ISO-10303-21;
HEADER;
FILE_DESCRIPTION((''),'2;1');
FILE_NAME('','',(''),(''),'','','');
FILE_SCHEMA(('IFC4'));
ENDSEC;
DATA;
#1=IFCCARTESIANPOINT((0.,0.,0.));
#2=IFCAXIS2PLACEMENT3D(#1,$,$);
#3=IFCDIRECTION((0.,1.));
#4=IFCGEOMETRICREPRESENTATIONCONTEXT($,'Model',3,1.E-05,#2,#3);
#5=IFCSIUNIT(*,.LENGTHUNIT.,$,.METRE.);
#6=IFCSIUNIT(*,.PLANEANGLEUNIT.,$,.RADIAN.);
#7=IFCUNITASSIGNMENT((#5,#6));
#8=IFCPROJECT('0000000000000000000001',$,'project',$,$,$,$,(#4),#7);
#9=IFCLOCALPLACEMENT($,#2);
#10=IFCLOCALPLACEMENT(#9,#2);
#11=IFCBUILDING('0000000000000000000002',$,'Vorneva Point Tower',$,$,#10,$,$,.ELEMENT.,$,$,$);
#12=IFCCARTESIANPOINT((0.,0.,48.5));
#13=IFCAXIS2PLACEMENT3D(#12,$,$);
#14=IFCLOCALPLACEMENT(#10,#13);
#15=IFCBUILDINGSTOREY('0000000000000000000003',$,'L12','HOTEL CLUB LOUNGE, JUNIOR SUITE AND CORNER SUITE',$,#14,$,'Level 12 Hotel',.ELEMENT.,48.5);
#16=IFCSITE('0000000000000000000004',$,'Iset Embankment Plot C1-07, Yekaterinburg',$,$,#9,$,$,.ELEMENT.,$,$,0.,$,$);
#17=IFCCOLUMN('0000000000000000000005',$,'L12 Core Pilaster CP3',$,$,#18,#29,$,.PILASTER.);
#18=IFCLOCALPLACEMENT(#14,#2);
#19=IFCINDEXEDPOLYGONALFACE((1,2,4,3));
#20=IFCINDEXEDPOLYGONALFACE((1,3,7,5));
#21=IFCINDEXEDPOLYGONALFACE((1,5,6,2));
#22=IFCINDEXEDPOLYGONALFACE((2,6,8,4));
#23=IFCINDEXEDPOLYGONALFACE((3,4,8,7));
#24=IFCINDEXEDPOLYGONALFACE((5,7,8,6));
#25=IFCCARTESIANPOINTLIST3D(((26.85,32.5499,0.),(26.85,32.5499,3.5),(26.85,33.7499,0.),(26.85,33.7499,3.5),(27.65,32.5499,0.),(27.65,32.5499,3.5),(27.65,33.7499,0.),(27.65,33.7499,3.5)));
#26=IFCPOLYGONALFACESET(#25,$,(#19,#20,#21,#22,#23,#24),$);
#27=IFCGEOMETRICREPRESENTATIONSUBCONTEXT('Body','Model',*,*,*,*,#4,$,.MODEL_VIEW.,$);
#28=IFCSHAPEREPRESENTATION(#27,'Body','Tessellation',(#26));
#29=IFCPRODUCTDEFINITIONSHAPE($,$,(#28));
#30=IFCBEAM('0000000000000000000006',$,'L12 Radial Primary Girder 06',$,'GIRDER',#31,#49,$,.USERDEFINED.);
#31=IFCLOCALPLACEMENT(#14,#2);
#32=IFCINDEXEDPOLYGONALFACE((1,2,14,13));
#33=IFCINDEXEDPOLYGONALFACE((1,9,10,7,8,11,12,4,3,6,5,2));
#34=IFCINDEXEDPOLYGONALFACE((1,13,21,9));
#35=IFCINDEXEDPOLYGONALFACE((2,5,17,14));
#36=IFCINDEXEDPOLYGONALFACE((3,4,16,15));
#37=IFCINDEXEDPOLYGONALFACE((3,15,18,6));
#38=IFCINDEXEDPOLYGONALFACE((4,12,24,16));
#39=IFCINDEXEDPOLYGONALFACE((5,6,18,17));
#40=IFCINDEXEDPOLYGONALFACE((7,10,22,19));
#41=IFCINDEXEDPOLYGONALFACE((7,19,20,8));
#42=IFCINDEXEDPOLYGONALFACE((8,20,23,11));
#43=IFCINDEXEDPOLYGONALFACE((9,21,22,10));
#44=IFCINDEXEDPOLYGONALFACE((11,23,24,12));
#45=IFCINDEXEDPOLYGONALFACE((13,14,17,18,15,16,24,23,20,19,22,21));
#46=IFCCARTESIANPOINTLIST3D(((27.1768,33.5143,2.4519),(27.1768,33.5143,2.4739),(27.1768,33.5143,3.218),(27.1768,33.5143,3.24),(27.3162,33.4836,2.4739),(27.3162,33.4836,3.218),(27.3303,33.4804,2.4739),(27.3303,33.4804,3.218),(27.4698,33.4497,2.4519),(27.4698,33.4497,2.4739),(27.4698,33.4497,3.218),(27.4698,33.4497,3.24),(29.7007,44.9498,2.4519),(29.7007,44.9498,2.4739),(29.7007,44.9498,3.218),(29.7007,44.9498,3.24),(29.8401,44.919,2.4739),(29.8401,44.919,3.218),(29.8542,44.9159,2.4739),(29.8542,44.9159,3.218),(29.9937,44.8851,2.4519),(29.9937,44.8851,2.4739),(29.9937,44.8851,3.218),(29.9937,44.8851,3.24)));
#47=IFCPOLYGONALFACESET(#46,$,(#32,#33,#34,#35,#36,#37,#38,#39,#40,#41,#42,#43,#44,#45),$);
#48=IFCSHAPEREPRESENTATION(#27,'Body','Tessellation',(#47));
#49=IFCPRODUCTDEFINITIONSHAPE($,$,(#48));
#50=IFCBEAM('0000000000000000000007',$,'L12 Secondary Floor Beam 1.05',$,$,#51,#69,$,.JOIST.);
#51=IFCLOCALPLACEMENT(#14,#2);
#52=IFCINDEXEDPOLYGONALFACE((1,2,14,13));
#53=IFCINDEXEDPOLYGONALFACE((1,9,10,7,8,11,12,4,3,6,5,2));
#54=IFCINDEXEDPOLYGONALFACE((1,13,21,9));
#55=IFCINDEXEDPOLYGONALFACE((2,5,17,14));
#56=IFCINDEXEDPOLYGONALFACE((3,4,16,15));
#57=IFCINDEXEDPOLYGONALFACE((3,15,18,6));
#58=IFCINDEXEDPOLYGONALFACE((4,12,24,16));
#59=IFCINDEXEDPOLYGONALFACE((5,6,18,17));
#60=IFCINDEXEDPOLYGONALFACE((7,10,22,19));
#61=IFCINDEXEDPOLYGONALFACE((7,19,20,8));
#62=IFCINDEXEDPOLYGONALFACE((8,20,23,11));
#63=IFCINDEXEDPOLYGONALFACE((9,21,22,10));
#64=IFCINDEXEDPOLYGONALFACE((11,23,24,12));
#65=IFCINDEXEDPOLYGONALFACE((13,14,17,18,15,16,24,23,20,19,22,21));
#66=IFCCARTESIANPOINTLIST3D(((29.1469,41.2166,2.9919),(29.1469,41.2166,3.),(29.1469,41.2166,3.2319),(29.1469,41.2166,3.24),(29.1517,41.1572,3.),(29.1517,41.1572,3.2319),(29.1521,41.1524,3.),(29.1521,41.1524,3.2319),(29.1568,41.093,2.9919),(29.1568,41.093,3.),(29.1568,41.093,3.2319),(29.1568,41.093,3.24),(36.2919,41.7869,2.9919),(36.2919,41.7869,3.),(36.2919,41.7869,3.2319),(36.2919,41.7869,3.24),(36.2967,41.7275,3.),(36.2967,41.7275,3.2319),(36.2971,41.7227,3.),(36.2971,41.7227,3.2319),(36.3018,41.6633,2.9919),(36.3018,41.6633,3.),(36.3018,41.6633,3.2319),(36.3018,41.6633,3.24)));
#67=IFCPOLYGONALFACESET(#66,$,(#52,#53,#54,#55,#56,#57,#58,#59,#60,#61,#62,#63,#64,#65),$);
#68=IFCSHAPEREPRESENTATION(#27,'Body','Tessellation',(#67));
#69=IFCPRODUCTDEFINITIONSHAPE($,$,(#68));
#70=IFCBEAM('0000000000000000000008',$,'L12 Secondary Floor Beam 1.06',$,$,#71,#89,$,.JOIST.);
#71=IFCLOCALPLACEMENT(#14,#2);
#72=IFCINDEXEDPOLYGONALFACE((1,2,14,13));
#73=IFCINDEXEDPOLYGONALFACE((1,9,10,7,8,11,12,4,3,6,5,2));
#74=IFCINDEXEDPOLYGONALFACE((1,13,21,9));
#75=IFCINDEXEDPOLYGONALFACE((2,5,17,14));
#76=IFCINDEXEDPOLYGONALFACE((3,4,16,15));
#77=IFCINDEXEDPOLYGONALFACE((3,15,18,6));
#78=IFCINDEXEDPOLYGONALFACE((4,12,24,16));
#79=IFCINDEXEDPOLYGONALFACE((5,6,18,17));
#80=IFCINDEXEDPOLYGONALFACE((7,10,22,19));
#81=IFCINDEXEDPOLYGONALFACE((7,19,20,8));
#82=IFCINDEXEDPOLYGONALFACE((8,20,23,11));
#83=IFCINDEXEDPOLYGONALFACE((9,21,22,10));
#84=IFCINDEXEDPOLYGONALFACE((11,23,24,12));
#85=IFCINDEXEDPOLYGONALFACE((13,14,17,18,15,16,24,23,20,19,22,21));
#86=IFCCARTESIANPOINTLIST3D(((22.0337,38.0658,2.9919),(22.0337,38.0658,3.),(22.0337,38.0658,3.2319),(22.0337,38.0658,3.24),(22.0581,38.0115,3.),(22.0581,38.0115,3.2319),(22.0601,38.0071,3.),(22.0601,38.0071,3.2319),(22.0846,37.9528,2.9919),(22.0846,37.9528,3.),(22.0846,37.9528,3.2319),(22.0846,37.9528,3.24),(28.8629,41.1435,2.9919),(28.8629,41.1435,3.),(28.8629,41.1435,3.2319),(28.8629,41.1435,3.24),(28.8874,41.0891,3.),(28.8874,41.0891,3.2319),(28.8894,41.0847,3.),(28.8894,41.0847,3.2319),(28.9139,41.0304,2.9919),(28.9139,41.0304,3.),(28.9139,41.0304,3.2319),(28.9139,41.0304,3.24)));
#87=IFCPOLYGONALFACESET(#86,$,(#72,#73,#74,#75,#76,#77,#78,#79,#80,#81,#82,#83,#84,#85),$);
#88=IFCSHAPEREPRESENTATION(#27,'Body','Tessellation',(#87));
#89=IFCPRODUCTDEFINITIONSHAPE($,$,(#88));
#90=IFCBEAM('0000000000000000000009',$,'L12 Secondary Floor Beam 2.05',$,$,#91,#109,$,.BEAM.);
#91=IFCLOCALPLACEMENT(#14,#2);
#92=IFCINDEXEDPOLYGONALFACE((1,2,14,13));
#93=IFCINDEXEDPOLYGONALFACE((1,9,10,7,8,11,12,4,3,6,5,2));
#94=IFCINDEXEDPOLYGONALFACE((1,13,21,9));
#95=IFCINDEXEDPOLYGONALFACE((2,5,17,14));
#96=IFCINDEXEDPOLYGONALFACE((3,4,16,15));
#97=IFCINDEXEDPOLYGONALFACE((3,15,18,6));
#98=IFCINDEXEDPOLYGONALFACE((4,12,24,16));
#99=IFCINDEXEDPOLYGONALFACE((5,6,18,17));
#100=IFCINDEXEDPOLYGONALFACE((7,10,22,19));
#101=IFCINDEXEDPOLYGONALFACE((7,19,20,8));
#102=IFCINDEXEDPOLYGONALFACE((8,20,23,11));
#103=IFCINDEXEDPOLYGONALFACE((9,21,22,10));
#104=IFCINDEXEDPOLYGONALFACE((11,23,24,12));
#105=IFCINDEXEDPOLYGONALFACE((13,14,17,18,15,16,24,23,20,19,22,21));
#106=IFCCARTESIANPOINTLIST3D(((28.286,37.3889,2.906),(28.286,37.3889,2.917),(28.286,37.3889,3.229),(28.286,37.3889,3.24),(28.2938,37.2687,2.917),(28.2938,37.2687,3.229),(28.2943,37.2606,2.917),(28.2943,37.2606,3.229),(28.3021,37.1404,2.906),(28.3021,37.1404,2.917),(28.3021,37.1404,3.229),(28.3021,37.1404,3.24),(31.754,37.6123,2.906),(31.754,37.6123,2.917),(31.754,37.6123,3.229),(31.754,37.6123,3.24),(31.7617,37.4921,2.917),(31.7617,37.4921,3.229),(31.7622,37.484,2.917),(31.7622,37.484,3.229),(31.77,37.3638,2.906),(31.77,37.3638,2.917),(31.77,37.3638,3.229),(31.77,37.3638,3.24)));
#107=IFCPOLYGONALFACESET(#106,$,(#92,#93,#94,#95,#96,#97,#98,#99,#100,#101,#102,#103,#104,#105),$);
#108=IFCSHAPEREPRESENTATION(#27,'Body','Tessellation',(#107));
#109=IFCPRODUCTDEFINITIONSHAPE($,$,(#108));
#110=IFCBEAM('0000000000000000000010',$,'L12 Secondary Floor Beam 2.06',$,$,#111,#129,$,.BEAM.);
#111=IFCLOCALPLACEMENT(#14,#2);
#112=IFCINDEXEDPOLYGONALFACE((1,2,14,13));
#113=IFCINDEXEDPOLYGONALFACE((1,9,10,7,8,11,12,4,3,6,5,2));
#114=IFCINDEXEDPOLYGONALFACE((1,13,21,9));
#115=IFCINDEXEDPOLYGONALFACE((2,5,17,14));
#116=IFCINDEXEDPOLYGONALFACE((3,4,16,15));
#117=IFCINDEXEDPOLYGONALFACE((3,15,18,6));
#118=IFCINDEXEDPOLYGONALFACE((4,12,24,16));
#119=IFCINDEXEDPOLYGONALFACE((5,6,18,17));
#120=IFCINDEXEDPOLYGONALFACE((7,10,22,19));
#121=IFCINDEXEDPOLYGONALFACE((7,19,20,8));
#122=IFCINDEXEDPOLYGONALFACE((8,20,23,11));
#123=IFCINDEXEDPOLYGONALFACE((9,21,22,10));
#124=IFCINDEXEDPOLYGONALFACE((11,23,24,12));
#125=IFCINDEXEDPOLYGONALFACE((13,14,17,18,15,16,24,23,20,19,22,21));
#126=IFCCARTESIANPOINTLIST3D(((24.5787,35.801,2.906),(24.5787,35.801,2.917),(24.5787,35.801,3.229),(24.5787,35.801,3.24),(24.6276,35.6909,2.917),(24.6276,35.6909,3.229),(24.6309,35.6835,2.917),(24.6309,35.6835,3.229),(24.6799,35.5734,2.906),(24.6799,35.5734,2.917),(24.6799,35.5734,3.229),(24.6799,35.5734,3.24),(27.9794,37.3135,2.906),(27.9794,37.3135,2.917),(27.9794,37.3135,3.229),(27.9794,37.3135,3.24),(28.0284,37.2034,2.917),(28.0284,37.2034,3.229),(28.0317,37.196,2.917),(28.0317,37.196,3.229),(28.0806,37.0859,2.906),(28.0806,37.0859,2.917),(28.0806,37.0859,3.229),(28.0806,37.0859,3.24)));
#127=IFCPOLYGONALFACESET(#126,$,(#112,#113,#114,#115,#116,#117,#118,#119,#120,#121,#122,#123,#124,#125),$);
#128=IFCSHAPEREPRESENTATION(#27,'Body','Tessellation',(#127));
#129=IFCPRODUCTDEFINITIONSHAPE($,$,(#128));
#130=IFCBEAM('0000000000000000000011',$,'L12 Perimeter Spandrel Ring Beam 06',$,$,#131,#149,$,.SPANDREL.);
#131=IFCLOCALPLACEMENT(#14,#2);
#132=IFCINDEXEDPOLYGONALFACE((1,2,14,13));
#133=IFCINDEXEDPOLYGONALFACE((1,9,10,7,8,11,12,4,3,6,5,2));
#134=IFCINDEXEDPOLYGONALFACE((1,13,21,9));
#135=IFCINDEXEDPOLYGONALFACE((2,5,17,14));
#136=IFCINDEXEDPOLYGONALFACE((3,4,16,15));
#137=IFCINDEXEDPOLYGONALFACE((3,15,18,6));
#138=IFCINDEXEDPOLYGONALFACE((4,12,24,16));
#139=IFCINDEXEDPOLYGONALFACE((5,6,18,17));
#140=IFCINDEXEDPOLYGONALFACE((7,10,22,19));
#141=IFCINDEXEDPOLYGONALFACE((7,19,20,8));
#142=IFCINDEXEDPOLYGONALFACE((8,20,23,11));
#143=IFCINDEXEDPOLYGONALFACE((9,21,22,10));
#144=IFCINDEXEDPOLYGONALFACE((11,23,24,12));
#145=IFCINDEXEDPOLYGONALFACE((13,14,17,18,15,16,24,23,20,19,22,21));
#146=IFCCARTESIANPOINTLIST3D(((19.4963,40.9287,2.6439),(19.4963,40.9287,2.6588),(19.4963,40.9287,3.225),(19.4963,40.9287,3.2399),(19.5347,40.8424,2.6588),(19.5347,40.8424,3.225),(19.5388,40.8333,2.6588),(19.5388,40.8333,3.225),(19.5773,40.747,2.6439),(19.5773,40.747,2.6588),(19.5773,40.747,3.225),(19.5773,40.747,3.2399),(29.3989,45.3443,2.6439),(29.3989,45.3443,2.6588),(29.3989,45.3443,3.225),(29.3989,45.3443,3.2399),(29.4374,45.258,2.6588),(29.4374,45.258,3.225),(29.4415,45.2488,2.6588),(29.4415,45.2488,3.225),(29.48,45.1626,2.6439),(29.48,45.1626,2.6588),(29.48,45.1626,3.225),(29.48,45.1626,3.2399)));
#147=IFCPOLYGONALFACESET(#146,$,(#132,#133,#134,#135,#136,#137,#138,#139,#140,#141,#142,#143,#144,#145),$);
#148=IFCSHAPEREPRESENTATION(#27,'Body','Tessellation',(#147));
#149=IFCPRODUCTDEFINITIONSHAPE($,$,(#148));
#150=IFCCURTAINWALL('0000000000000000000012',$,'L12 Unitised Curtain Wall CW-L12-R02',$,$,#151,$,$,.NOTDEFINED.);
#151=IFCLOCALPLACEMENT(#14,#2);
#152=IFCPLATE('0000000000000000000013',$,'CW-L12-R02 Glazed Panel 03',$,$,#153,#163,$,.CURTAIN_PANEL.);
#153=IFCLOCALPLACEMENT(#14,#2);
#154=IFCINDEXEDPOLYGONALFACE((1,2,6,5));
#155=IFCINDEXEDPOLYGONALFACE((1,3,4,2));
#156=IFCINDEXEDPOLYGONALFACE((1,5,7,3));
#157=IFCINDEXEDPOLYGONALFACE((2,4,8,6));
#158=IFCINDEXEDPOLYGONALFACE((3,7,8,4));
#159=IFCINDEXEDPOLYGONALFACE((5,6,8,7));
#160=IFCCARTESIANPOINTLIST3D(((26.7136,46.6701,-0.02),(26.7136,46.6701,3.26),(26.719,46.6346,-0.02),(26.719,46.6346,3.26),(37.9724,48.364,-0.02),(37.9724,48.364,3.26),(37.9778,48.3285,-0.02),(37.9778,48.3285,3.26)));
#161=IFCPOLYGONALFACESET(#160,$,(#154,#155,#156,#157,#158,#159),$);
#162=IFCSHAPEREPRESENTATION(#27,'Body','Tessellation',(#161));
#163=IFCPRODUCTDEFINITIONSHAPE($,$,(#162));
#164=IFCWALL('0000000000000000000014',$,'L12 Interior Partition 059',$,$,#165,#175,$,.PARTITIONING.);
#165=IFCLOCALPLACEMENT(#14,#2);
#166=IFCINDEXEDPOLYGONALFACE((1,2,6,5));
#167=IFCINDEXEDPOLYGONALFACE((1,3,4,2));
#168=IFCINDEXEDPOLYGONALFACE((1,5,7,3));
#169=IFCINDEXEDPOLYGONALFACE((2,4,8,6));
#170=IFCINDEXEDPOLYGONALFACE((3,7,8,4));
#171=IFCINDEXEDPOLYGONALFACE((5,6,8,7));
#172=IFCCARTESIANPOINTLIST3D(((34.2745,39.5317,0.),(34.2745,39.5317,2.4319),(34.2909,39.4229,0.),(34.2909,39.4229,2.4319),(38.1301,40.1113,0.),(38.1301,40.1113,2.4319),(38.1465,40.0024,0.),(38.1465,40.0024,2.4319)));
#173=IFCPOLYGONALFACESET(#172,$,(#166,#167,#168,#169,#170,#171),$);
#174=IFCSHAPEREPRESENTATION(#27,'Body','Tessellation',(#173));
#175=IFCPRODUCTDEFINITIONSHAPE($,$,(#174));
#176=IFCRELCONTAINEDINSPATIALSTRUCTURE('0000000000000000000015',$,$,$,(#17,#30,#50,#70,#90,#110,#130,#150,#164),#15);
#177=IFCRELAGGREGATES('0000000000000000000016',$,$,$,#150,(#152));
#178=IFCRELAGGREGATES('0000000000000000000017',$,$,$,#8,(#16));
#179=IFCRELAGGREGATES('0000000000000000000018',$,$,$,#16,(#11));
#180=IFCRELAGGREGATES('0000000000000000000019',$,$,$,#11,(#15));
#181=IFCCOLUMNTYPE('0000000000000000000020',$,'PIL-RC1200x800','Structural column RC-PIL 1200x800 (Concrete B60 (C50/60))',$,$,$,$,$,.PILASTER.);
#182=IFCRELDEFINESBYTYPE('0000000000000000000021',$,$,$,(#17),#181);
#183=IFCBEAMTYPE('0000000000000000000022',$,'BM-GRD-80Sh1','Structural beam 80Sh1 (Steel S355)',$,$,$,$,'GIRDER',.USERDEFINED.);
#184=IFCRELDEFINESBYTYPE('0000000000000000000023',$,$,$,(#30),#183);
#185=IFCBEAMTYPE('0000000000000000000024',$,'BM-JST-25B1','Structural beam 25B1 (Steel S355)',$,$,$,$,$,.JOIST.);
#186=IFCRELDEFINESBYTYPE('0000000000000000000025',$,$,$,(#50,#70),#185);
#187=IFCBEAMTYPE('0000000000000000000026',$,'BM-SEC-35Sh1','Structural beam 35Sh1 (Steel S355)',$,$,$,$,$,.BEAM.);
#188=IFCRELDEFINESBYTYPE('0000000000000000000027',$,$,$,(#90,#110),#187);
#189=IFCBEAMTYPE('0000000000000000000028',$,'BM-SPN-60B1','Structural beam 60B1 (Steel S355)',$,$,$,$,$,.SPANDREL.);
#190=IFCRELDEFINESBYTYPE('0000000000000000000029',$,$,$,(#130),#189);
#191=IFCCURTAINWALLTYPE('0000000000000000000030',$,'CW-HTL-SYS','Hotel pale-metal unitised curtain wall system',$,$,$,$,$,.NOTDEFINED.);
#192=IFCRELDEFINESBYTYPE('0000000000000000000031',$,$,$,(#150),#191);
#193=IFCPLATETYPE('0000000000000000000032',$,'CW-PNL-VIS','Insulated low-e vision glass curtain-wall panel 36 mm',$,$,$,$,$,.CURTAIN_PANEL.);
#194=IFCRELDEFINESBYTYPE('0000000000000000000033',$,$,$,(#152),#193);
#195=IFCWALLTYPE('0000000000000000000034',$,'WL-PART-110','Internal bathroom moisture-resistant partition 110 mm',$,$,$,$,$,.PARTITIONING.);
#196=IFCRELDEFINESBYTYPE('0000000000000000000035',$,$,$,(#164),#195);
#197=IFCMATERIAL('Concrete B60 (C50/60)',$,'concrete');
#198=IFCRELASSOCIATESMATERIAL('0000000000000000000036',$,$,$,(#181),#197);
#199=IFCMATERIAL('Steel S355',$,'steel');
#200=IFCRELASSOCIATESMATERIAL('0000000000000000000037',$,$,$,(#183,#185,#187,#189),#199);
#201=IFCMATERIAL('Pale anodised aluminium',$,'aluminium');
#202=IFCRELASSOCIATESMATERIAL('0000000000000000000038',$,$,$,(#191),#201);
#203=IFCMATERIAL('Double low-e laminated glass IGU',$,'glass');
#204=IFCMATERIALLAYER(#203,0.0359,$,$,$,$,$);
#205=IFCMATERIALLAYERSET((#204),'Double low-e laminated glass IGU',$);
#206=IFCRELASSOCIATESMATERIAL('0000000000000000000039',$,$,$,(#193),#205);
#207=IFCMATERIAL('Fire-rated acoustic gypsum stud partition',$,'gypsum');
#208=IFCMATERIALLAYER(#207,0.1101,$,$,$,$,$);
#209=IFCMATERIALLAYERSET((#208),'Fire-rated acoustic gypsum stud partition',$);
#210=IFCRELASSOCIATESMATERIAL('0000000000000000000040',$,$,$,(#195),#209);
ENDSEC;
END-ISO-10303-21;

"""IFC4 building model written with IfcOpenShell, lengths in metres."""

from ifc_helpers import new_model, si_unit, direction, frame, frame_2d, origin, origin_2d, place, context, subcontext, project, spatial, rectangle, i_section, extrude, material, layer, layer_set, material_profile, profile_set, type_object, element, aggregate, save


model = new_model("IFC4")

# Units and contexts
model_context = context("Model", 3, precision=1e-05, world=origin(), true_north=direction((0.0, 1.0)))
body_context = subcontext(model_context, "Body", "Model", "MODEL_VIEW")
ifc_project = project(units=[si_unit("LENGTHUNIT", "METRE"), si_unit("PLANEANGLEUNIT", "RADIAN")], contexts=[model_context])

# Site, building, storey
site_placement = place(None, origin())
site = spatial("IfcSite", under=ifc_project, at=site_placement, Name="Iset Embankment Plot C1-07, Yekaterinburg", CompositionType="ELEMENT", RefElevation=0.0)
building_placement = place(site_placement, origin())
building = spatial("IfcBuilding", under=site, at=building_placement, Name="Vorneva Point Tower", CompositionType="ELEMENT")
storey_placement = place(building_placement, frame((0.0, 0.0, 48.5)))
storey = spatial("IfcBuildingStorey", under=building, at=storey_placement, Name="L12", Description="HOTEL CLUB LOUNGE, JUNIOR SUITE AND CORNER SUITE", LongName="Level 12 Hotel", CompositionType="ELEMENT", Elevation=48.5)

# Column
ifc_material_1 = material(Name="Concrete B60 (C50/60)", Category="concrete")
ifc_material_profile_1 = material_profile(ifc_material_1, rectangle(XDim=0.8, YDim=1.2, at=origin_2d()), Name="RC-PIL 1200x800")
ifc_profile_set_1 = profile_set([ifc_material_profile_1], Name="Concrete B60 (C50/60)")
column_type_1 = type_object("IfcColumnType", Name="PIL-RC1200x800", Description="Structural column RC-PIL 1200x800 (Concrete B60 (C50/60))", PredefinedType="PILASTER", material=ifc_profile_set_1)
column_placement = place(storey_placement, frame((27.25, 33.1499, 0.0), z_axis=(0.0, 0.0, 1.0), x_axis=(1.0, 0.0, 0.0)))
element("IfcColumn", 1, at=column_placement, inside=storey, type_object=column_type_1, Name="L12 Core Pilaster CP3", PredefinedType="PILASTER", context=body_context, shape_type="SweptSolid", body=[
    extrude(rectangle(XDim=0.8, YDim=1.2, at=origin_2d()), origin(), (0.0, 0.0, 1.0), 3.5),
])

# Beams
ifc_material_2 = material(Name="Steel S355", Category="steel")
ifc_material_profile_2 = material_profile(ifc_material_2, i_section(OverallWidth=0.3, OverallDepth=0.7881, WebThickness=0.0144, FlangeThickness=0.022, at=origin_2d()), Name="80Sh1")
ifc_profile_set_2 = profile_set([ifc_material_profile_2], Name="Steel S355")
beam_type_1 = type_object("IfcBeamType", Name="BM-GRD-80Sh1", Description="Structural beam 80Sh1 (Steel S355)", ElementType="GIRDER", PredefinedType="USERDEFINED", material=ifc_profile_set_2)
beam_1_placement = place(storey_placement, frame((29.8472, 44.9175, 2.8459), z_axis=(-0.215522, -0.976499, 0.0), x_axis=(0.976499, -0.215522, 0.0)))
element("IfcBeam", 2, at=beam_1_placement, inside=storey, type_object=beam_type_1, Name="L12 Radial Primary Girder 06", ObjectType="GIRDER", PredefinedType="USERDEFINED", context=body_context, shape_type="SweptSolid", body=[
    extrude(i_section(OverallWidth=0.3, OverallDepth=0.7881, WebThickness=0.0144, FlangeThickness=0.022, at=origin_2d()), origin(), (0.0, 0.0, 1.0), 11.7107),
])
ifc_material_profile_3 = material_profile(ifc_material_2, i_section(OverallWidth=0.124, OverallDepth=0.248, WebThickness=0.0049, FlangeThickness=0.0081, at=origin_2d()), Name="25B1")
ifc_profile_set_3 = profile_set([ifc_material_profile_3], Name="Steel S355")
beam_type_2 = type_object("IfcBeamType", Name="BM-JST-25B1", Description="Structural beam 25B1 (Steel S355)", PredefinedType="JOIST", material=ifc_profile_set_3)
beam_2_placement = place(storey_placement, frame((36.2969, 41.7251, 3.116), z_axis=(-0.99683, -0.079567, 0.0), x_axis=(0.079567, -0.99683, 0.0)))
element("IfcBeam", 3, at=beam_2_placement, inside=storey, type_object=beam_type_2, Name="L12 Secondary Floor Beam 1.05", PredefinedType="JOIST", context=body_context, shape_type="SweptSolid", body=[
    extrude(i_section(OverallWidth=0.124, OverallDepth=0.248, WebThickness=0.0049, FlangeThickness=0.0081, at=origin_2d()), origin(), (0.0, 0.0, 1.0), 7.1677),
])
beam_3_placement = place(storey_placement, frame((28.8884, 41.0869, 3.116), z_axis=(-0.9117, -0.410857, 0.0), x_axis=(0.410857, -0.9117, 0.0)))
element("IfcBeam", 4, at=beam_3_placement, inside=storey, type_object=beam_type_2, Name="L12 Secondary Floor Beam 1.06", PredefinedType="JOIST", context=body_context, shape_type="SweptSolid", body=[
    extrude(i_section(OverallWidth=0.124, OverallDepth=0.248, WebThickness=0.0049, FlangeThickness=0.0081, at=origin_2d()), origin(), (0.0, 0.0, 1.0), 7.4907),
])
ifc_material_profile_4 = material_profile(ifc_material_2, i_section(OverallWidth=0.249, OverallDepth=0.334, WebThickness=0.0081, FlangeThickness=0.011, at=origin_2d()), Name="35Sh1")
ifc_profile_set_4 = profile_set([ifc_material_profile_4], Name="Steel S355")
beam_type_3 = type_object("IfcBeamType", Name="BM-SEC-35Sh1", Description="Structural beam 35Sh1 (Steel S355)", PredefinedType="BEAM", material=ifc_profile_set_4)
beam_4_placement = place(storey_placement, frame((31.762, 37.488, 3.073), z_axis=(-0.997932, -0.064281, 0.0), x_axis=(0.064281, -0.997932, 0.0)))
element("IfcBeam", 5, at=beam_4_placement, inside=storey, type_object=beam_type_3, Name="L12 Secondary Floor Beam 2.05", PredefinedType="BEAM", context=body_context, shape_type="SweptSolid", body=[
    extrude(i_section(OverallWidth=0.249, OverallDepth=0.334, WebThickness=0.0081, FlangeThickness=0.011, at=origin_2d()), origin(), (0.0, 0.0, 1.0), 3.4751),
])
beam_5_placement = place(storey_placement, frame((28.03, 37.1997, 3.073), z_axis=(-0.913706, -0.406376, 0.0), x_axis=(0.406376, -0.913706, 0.0)))
element("IfcBeam", 6, at=beam_5_placement, inside=storey, type_object=beam_type_3, Name="L12 Secondary Floor Beam 2.06", PredefinedType="BEAM", context=body_context, shape_type="SweptSolid", body=[
    extrude(i_section(OverallWidth=0.249, OverallDepth=0.334, WebThickness=0.0081, FlangeThickness=0.011, at=origin_2d()), origin(), (0.0, 0.0, 1.0), 3.7219),
])
ifc_material_profile_5 = material_profile(ifc_material_2, i_section(OverallWidth=0.199, OverallDepth=0.5959, WebThickness=0.01, FlangeThickness=0.0149, at=origin_2d()), Name="60B1")
ifc_profile_set_5 = profile_set([ifc_material_profile_5], Name="Steel S355")
beam_type_4 = type_object("IfcBeamType", Name="BM-SPN-60B1", Description="Structural beam 60B1 (Steel S355)", PredefinedType="SPANDREL", material=ifc_profile_set_5)
beam_6_placement = place(storey_placement, frame((29.4395, 45.2534, 2.9419), z_axis=(-0.913319, -0.407245, 0.0), x_axis=(0.407245, -0.913319, 0.0)))
element("IfcBeam", 7, at=beam_6_placement, inside=storey, type_object=beam_type_4, Name="L12 Perimeter Spandrel Ring Beam 06", PredefinedType="SPANDREL", context=body_context, shape_type="SweptSolid", body=[
    extrude(i_section(OverallWidth=0.199, OverallDepth=0.5959, WebThickness=0.01, FlangeThickness=0.0149, at=origin_2d()), origin(), (0.0, 0.0, 1.0), 10.8425),
])

# Curtain wall, plate
ifc_material_3 = material(Name="Pale anodised aluminium", Category="aluminium")
curtain_wall_type = type_object("IfcCurtainWallType", Name="CW-HTL-SYS", Description="Hotel pale-metal unitised curtain wall system", PredefinedType="NOTDEFINED", material=ifc_material_3)
curtain_wall_placement = place(storey_placement, origin())
curtain_wall = element("IfcCurtainWall", 8, at=curtain_wall_placement, inside=storey, type_object=curtain_wall_type, Name="L12 Unitised Curtain Wall CW-L12-R02", PredefinedType="NOTDEFINED")
ifc_material_4 = material(Name="Double low-e laminated glass IGU", Category="glass")
ifc_layer_1 = layer(ifc_material_4, 0.0359)
ifc_layer_set_1 = layer_set([ifc_layer_1], Name="Double low-e laminated glass IGU")
plate_type = type_object("IfcPlateType", Name="CW-PNL-VIS", Description="Insulated low-e vision glass curtain-wall panel 36 mm", PredefinedType="CURTAIN_PANEL", material=ifc_layer_set_1)
plate_placement = place(storey_placement, frame((32.3457, 47.4993, -0.02), z_axis=(0.0, 0.0, 1.0), x_axis=(-0.988871, -0.148776, 0.0)))
plate = element("IfcPlate", 9, at=plate_placement, type_object=plate_type, Name="CW-L12-R02 Glazed Panel 03", PredefinedType="CURTAIN_PANEL", context=body_context, shape_type="SweptSolid", body=[
    extrude(rectangle(XDim=11.3855, YDim=0.0359, at=origin_2d()), origin(), (0.0, 0.0, 1.0), 3.28),
])
aggregate(curtain_wall, [plate])

# Wall
ifc_material_5 = material(Name="Fire-rated acoustic gypsum stud partition", Category="gypsum")
ifc_layer_2 = layer(ifc_material_5, 0.1101)
ifc_layer_set_2 = layer_set([ifc_layer_2], Name="Fire-rated acoustic gypsum stud partition")
wall_type_1 = type_object("IfcWallType", Name="WL-PART-110", Description="Internal bathroom moisture-resistant partition 110 mm", PredefinedType="PARTITIONING", material=ifc_layer_set_2)
wall_1_placement = place(storey_placement, frame((34.2827, 39.4773, 0.0), z_axis=(0.0, 0.0, 1.0), x_axis=(0.98889, 0.14865, 0.0)))
element("IfcWall", 10, at=wall_1_placement, inside=storey, type_object=wall_type_1, Name="L12 Interior Partition 059", PredefinedType="PARTITIONING", context=body_context, shape_type="SweptSolid", body=[
    extrude(rectangle(XDim=3.8989, YDim=0.1101, at=frame_2d((1.9495, 0.0))), origin(), (0.0, 0.0, 1.0), 2.4319),
])

save(model, "model.ifc")
